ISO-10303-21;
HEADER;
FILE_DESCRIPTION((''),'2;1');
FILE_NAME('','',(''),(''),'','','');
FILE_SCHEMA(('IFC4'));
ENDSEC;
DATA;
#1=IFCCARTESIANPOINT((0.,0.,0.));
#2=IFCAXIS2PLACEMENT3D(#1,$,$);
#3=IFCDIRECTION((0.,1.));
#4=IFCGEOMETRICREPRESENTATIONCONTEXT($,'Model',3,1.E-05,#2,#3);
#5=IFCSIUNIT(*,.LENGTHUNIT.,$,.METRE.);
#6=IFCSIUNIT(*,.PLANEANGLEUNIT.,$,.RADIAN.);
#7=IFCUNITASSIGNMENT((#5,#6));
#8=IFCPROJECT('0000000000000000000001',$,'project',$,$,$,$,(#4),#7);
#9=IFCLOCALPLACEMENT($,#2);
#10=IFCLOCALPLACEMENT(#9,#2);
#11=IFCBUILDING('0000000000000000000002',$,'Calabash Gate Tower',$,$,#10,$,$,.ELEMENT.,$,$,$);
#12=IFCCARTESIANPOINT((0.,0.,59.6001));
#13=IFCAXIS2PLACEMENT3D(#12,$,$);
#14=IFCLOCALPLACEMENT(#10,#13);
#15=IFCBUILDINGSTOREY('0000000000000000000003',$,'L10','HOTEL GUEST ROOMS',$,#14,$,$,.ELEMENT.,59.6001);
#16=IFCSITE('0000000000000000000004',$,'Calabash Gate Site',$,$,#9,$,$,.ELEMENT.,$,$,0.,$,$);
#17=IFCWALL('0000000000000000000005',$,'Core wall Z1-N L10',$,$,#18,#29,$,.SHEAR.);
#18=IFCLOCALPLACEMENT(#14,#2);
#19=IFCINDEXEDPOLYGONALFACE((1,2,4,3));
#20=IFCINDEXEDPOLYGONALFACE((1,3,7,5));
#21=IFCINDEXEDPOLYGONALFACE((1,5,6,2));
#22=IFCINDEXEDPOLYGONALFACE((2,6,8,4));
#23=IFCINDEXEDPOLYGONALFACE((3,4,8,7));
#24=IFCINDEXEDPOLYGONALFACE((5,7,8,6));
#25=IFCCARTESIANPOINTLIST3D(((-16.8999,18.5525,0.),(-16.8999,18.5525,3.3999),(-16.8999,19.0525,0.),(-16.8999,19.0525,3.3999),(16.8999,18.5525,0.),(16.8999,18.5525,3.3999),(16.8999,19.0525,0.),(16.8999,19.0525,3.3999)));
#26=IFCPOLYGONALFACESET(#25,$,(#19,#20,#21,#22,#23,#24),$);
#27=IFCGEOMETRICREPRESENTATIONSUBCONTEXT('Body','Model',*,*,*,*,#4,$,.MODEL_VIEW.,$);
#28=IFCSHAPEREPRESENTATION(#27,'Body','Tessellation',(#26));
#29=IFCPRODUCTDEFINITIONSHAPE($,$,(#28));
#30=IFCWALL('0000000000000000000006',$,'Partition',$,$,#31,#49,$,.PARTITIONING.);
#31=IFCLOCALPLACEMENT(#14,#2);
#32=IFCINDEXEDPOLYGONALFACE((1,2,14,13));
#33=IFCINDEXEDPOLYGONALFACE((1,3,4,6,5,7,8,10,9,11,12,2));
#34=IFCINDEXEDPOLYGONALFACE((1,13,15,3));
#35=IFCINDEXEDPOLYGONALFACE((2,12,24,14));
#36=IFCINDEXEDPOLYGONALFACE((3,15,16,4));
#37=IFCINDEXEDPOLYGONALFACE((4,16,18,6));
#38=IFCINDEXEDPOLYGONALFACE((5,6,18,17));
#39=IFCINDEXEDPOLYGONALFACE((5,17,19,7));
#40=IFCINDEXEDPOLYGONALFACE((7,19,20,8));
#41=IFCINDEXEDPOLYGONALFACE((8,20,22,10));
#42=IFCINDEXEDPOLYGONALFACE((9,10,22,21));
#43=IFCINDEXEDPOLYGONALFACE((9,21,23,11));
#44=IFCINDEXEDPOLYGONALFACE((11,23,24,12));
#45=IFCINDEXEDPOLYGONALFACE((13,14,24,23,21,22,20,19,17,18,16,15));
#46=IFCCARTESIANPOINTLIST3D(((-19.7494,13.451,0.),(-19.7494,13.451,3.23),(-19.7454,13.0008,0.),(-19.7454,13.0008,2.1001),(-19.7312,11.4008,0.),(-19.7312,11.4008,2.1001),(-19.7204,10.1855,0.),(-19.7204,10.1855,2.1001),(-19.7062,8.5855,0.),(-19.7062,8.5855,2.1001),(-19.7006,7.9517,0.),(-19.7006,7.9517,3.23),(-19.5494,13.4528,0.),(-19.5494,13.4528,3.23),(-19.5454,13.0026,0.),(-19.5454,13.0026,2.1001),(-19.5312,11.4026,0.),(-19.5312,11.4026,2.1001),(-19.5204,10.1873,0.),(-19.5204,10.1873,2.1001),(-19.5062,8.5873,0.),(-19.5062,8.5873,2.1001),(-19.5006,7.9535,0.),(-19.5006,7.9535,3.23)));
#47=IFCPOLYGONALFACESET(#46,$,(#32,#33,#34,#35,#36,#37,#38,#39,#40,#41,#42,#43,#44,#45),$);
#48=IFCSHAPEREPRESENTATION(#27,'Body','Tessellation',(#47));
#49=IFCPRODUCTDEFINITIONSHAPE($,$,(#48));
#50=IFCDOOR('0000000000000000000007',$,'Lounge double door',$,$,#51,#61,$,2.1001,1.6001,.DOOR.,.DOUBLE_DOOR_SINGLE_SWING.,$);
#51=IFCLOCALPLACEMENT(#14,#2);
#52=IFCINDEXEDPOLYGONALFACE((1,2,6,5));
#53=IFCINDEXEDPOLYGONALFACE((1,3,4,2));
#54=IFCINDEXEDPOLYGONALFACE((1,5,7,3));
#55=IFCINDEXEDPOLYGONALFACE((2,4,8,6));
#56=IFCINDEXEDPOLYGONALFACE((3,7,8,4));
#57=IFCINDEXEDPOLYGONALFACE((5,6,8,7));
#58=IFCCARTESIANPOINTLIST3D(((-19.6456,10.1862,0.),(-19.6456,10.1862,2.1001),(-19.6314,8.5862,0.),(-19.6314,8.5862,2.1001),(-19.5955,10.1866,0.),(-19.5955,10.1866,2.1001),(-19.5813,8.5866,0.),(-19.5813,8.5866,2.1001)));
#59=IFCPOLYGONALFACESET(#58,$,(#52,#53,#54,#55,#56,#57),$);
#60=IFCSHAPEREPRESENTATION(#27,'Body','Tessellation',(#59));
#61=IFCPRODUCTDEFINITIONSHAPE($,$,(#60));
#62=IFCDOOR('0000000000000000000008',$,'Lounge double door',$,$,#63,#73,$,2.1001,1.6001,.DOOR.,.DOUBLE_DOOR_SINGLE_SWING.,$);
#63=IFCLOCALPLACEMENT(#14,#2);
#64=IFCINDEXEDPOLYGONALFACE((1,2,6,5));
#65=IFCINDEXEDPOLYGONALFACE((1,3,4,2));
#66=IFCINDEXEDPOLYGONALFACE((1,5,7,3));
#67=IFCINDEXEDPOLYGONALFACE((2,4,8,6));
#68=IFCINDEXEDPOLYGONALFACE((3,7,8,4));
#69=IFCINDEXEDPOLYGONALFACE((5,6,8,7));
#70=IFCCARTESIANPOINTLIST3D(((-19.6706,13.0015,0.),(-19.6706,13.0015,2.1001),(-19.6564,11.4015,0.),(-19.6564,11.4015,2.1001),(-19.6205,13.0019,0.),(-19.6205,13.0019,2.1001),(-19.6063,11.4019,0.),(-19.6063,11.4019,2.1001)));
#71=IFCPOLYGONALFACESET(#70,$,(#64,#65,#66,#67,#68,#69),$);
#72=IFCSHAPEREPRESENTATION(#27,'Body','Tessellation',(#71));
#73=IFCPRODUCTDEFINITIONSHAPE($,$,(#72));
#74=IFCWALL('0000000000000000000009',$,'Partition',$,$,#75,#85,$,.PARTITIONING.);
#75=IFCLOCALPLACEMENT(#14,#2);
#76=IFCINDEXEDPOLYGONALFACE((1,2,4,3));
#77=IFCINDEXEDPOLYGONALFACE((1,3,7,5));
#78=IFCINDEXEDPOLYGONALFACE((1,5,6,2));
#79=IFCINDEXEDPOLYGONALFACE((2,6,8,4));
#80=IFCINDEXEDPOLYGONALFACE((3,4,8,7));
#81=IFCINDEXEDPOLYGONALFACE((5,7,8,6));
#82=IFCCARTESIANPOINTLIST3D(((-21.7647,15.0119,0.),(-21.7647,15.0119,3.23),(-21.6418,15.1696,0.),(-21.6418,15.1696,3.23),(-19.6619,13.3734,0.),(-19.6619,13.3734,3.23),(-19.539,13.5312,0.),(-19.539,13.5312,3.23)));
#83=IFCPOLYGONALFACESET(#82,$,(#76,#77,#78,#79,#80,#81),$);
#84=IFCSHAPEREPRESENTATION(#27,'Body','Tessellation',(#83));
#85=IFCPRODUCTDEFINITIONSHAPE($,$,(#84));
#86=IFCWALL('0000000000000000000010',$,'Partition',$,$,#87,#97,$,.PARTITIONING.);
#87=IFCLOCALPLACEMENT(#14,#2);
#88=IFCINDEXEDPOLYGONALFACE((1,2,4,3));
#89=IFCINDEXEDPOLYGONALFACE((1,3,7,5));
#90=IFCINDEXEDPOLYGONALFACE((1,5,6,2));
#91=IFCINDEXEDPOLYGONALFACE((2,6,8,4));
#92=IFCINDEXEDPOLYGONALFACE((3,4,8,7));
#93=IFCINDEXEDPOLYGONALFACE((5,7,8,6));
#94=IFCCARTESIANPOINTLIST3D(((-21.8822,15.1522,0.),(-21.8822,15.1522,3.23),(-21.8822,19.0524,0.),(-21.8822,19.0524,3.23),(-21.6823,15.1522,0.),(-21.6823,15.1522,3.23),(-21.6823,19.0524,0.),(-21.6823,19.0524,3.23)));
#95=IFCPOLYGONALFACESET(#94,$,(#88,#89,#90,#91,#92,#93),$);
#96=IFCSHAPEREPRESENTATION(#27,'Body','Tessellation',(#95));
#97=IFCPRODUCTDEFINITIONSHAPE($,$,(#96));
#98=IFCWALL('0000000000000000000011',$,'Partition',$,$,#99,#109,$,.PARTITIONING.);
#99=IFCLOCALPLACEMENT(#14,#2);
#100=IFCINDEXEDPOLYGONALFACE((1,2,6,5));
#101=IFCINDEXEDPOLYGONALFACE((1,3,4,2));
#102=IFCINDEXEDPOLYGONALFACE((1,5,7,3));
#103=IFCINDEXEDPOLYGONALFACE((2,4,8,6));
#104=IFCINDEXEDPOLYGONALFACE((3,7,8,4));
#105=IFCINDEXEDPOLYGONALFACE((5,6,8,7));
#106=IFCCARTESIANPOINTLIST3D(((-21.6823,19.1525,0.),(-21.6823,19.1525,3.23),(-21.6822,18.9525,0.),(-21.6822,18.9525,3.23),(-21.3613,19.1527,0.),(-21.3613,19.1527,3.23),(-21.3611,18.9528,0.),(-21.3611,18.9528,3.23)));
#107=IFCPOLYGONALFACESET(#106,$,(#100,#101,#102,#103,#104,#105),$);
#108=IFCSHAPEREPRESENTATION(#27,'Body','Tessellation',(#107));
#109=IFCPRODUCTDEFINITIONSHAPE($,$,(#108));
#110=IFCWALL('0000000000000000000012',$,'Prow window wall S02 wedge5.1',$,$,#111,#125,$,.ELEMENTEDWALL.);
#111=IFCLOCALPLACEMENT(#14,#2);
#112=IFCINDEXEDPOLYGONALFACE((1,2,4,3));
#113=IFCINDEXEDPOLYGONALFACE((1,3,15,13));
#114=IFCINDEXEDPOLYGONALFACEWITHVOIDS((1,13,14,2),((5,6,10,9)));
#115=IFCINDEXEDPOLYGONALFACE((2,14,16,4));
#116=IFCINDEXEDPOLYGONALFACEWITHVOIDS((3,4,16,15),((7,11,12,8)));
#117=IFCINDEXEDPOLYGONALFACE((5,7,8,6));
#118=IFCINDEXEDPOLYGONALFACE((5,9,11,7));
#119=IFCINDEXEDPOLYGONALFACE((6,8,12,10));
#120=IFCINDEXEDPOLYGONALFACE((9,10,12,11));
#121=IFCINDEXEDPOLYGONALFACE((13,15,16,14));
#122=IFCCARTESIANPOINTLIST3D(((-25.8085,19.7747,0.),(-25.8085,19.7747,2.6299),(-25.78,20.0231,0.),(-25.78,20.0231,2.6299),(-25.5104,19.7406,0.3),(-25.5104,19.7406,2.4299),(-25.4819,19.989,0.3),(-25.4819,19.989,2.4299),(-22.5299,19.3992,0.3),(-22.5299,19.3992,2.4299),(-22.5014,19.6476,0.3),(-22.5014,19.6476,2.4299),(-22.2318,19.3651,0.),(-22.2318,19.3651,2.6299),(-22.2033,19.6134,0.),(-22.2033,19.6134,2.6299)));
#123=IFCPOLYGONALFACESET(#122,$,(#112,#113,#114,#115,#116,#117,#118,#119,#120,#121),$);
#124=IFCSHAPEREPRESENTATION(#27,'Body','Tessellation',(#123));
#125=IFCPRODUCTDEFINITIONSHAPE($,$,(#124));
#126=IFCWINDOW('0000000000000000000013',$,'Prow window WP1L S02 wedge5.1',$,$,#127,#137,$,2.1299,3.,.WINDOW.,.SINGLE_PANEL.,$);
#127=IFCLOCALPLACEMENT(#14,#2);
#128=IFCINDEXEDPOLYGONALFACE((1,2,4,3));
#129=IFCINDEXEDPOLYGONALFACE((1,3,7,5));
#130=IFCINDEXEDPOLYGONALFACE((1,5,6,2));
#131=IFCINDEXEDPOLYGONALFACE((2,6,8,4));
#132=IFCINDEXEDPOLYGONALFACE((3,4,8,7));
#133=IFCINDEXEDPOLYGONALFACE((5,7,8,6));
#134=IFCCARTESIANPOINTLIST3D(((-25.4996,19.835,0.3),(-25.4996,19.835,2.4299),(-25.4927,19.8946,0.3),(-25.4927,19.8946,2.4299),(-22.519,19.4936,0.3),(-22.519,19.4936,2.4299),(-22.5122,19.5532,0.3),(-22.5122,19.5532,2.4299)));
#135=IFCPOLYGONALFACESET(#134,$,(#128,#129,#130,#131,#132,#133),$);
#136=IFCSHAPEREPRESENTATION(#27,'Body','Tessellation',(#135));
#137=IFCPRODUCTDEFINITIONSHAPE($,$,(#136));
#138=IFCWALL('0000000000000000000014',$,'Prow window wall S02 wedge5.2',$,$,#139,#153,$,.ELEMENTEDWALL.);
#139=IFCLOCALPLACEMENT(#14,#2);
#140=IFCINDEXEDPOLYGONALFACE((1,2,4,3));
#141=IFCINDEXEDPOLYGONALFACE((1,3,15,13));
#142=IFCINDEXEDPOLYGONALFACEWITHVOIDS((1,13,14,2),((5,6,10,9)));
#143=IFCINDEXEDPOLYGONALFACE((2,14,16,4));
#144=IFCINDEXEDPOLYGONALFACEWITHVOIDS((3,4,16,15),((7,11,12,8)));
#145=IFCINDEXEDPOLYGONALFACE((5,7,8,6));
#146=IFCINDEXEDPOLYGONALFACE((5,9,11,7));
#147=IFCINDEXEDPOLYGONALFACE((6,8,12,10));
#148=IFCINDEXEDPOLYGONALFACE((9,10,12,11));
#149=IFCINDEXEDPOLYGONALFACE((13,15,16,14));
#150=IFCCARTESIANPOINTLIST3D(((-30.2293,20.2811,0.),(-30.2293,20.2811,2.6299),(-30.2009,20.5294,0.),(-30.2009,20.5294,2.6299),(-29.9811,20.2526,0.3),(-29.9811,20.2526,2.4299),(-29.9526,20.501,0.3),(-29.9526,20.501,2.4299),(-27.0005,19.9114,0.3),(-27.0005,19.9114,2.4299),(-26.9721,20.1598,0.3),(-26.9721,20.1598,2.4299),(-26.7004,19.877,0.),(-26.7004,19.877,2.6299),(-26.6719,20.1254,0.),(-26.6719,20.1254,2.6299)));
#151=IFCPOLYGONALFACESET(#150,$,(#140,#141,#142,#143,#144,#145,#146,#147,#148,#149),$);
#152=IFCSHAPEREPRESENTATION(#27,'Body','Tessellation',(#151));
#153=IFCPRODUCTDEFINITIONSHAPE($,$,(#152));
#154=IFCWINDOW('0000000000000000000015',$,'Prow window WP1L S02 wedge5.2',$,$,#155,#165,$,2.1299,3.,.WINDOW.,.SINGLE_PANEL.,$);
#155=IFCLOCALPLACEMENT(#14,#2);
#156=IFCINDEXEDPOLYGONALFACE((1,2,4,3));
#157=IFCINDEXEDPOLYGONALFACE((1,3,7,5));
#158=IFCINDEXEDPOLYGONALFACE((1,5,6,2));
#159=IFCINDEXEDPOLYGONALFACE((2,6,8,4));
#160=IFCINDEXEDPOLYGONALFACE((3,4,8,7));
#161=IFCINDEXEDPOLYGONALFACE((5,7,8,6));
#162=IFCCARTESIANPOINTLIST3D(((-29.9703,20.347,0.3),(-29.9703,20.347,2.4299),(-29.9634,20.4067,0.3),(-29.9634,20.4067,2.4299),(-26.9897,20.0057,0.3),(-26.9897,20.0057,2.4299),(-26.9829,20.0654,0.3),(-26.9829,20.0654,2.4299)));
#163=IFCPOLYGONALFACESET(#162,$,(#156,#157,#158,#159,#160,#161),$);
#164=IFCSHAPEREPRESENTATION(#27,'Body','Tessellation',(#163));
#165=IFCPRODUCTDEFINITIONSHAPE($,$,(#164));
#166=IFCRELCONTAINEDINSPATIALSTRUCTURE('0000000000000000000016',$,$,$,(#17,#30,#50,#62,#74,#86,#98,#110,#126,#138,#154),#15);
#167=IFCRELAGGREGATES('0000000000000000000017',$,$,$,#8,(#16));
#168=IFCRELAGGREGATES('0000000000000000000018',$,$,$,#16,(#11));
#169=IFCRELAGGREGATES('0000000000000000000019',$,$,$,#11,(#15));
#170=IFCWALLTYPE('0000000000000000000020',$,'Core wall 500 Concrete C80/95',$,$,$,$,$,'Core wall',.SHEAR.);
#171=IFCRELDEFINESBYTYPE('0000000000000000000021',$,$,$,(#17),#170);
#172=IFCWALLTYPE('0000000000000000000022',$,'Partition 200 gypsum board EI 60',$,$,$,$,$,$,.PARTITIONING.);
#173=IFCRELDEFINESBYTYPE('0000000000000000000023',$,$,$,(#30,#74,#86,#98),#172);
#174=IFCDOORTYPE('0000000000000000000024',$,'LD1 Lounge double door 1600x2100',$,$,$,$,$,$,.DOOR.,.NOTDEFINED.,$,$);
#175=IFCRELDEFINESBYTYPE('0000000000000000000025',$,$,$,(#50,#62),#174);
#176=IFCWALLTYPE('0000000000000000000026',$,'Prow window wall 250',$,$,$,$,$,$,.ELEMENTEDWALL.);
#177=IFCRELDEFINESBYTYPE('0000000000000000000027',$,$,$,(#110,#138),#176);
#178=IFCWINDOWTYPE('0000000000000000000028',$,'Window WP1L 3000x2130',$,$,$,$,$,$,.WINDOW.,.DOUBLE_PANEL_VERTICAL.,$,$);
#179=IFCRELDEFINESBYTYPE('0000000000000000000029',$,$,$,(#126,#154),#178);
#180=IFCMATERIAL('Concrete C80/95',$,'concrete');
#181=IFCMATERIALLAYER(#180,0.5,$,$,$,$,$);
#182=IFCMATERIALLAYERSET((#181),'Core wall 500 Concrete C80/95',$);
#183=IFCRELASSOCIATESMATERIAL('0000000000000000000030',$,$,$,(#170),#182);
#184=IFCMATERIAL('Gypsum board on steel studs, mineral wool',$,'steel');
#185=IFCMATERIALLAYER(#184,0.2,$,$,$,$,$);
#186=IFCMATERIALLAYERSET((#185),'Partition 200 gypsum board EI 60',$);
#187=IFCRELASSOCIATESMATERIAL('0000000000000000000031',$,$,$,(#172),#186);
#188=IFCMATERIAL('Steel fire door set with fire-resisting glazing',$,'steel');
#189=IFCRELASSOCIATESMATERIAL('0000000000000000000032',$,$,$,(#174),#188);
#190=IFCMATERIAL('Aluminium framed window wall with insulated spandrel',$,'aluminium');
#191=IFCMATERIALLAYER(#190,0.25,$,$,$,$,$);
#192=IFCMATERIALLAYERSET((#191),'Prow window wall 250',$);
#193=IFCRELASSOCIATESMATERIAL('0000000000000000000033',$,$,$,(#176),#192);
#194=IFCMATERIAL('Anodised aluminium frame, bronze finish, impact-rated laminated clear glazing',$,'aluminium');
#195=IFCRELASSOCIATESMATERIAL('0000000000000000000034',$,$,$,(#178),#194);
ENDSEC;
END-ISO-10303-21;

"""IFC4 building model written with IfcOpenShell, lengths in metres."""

from ifc_helpers import new_model, si_unit, direction, frame, frame_2d, origin, place, context, subcontext, project, spatial, rectangle, extrude, material, layer, layer_set, type_object, element, fill, save


model = new_model("IFC4")

# Units and contexts
model_context = context("Model", 3, precision=1e-05, world=origin(), true_north=direction((0.0, 1.0)))
body_context = subcontext(model_context, "Body", "Model", "MODEL_VIEW")
ifc_project = project(units=[si_unit("LENGTHUNIT", "METRE"), si_unit("PLANEANGLEUNIT", "RADIAN")], contexts=[model_context])

# Site, building, storey
site_placement = place(None, origin())
site = spatial("IfcSite", under=ifc_project, at=site_placement, Name="Calabash Gate Site", CompositionType="ELEMENT", RefElevation=0.0)
building_placement = place(site_placement, origin())
building = spatial("IfcBuilding", under=site, at=building_placement, Name="Calabash Gate Tower", CompositionType="ELEMENT")
storey_placement = place(building_placement, frame((0.0, 0.0, 59.6001)))
storey = spatial("IfcBuildingStorey", under=building, at=storey_placement, Name="L10", Description="HOTEL GUEST ROOMS", CompositionType="ELEMENT", Elevation=59.6001)

# Wall
ifc_material_1 = material(Name="Concrete C80/95", Category="concrete")
ifc_layer_1 = layer(ifc_material_1, 0.5)
ifc_layer_set_1 = layer_set([ifc_layer_1], Name="Core wall 500 Concrete C80/95")
wall_type_1 = type_object("IfcWallType", Name="Core wall 500 Concrete C80/95", ElementType="Core wall", PredefinedType="SHEAR", material=ifc_layer_set_1)
wall_1_placement = place(storey_placement, frame((-16.8999, 18.8025, 0.0), z_axis=(0.0, 0.0, 1.0), x_axis=(1.0, 0.0, 0.0)))
element("IfcWall", 1, at=wall_1_placement, inside=storey, type_object=wall_type_1, Name="Core wall Z1-N L10", PredefinedType="SHEAR", context=body_context, shape_type="SweptSolid", body=[
    extrude(rectangle(XDim=33.7998, YDim=0.5, at=frame_2d((16.8999, 0.0))), origin(), (0.0, 0.0, 1.0), 3.3999),
])

# Wall, openings, doors
ifc_material_2 = material(Name="Gypsum board on steel studs, mineral wool", Category="steel")
ifc_layer_2 = layer(ifc_material_2, 0.2)
ifc_layer_set_2 = layer_set([ifc_layer_2], Name="Partition 200 gypsum board EI 60")
wall_type_2 = type_object("IfcWallType", Name="Partition 200 gypsum board EI 60", PredefinedType="PARTITIONING", material=ifc_layer_set_2)
wall_2_placement = place(storey_placement, frame((-19.6494, 13.4519, 0.0), z_axis=(0.0, 0.0, 1.0), x_axis=(0.008879, -0.999961, 0.0)))
wall_2 = element("IfcWall", 2, at=wall_2_placement, inside=storey, type_object=wall_type_2, Name="Partition", PredefinedType="PARTITIONING", context=body_context, shape_type="SweptSolid", body=[
    extrude(rectangle(XDim=5.4995, YDim=0.2, at=frame_2d((2.7498, 0.0))), origin(), (0.0, 0.0, 1.0), 3.23),
])
opening_1_placement = place(wall_2_placement, frame((3.2656, 0.0, 0.0)))
opening_1 = element("IfcOpeningElement", 3, at=opening_1_placement, cuts=wall_2, PredefinedType="OPENING", context=body_context, shape_type="SweptSolid", body=[
    extrude(rectangle(XDim=1.6001, YDim=2.1001, at=frame_2d((0.8, 1.05))), frame((0.0, 0.1099, 0.0), z_axis=(0.0, -1.0, 0.0), x_axis=(1.0, 0.0, 0.0)), (0.0, 0.0, 1.0), 0.22),
])
opening_2_placement = place(wall_2_placement, frame((0.4502, 0.0, 0.0)))
opening_2 = element("IfcOpeningElement", 4, at=opening_2_placement, cuts=wall_2, PredefinedType="OPENING", context=body_context, shape_type="SweptSolid", body=[
    extrude(rectangle(XDim=1.6001, YDim=2.1001, at=frame_2d((0.8, 1.05))), frame((0.0, 0.1099, 0.0), z_axis=(0.0, -1.0, 0.0), x_axis=(1.0, 0.0, 0.0)), (0.0, 0.0, 1.0), 0.22),
])
ifc_material_3 = material(Name="Steel fire door set with fire-resisting glazing", Category="steel")
door_type = type_object("IfcDoorType", Name="LD1 Lounge double door 1600x2100", OperationType="NOTDEFINED", PredefinedType="DOOR", material=ifc_material_3)
door_1_placement = place(opening_1_placement, origin())
door_1 = element("IfcDoor", 5, at=door_1_placement, inside=storey, type_object=door_type, Name="Lounge double door", OperationType="DOUBLE_DOOR_SINGLE_SWING", OverallHeight=2.1001, OverallWidth=1.6001, PredefinedType="DOOR", context=body_context, shape_type="SweptSolid", body=[
    extrude(rectangle(XDim=1.6001, YDim=2.1001, at=frame_2d((0.8, 1.05))), frame((0.0, 0.0249, 0.0), z_axis=(0.0, -1.0, 0.0), x_axis=(1.0, 0.0, 0.0)), (0.0, 0.0, 1.0), 0.05),
])
fill(opening_1, door_1)
door_2_placement = place(opening_2_placement, origin())
door_2 = element("IfcDoor", 6, at=door_2_placement, inside=storey, type_object=door_type, Name="Lounge double door", OperationType="DOUBLE_DOOR_SINGLE_SWING", OverallHeight=2.1001, OverallWidth=1.6001, PredefinedType="DOOR", context=body_context, shape_type="SweptSolid", body=[
    extrude(rectangle(XDim=1.6001, YDim=2.1001, at=frame_2d((0.8, 1.05))), frame((0.0, 0.0249, 0.0), z_axis=(0.0, -1.0, 0.0), x_axis=(1.0, 0.0, 0.0)), (0.0, 0.0, 1.0), 0.05),
])
fill(opening_2, door_2)

# Walls
wall_3_placement = place(storey_placement, frame((-21.7034, 15.0908, 0.0), z_axis=(0.0, 0.0, 1.0), x_axis=(0.788819, -0.614625, 0.0)))
element("IfcWall", 7, at=wall_3_placement, inside=storey, type_object=wall_type_2, Name="Partition", PredefinedType="PARTITIONING", context=body_context, shape_type="SweptSolid", body=[
    extrude(rectangle(XDim=2.6658, YDim=0.2, at=frame_2d((1.333, 0.0))), origin(), (0.0, 0.0, 1.0), 3.23),
])
wall_4_placement = place(storey_placement, frame((-21.7822, 19.0525, 0.0), z_axis=(0.0, 0.0, 1.0), x_axis=(0.0, -1.0, 0.0)))
element("IfcWall", 8, at=wall_4_placement, inside=storey, type_object=wall_type_2, Name="Partition", PredefinedType="PARTITIONING", context=body_context, shape_type="SweptSolid", body=[
    extrude(rectangle(XDim=3.9001, YDim=0.2, at=frame_2d((1.9502, 0.0))), origin(), (0.0, 0.0, 1.0), 3.23),
])
wall_5_placement = place(storey_placement, frame((-21.6824, 19.0525, 0.0), z_axis=(0.0, 0.0, 1.0), x_axis=(1.0, 0.00076, 0.0)))
element("IfcWall", 9, at=wall_5_placement, inside=storey, type_object=wall_type_2, Name="Partition", PredefinedType="PARTITIONING", context=body_context, shape_type="SweptSolid", body=[
    extrude(rectangle(XDim=0.321, YDim=0.2, at=frame_2d((0.1606, 0.0))), origin(), (0.0, 0.0, 1.0), 3.23),
])

# Walls, openings, windows
ifc_material_4 = material(Name="Aluminium framed window wall with insulated spandrel", Category="aluminium")
ifc_layer_3 = layer(ifc_material_4, 0.25)
ifc_layer_set_3 = layer_set([ifc_layer_3], Name="Prow window wall 250")
wall_type_3 = type_object("IfcWallType", Name="Prow window wall 250", PredefinedType="ELEMENTEDWALL", material=ifc_layer_set_3)
wall_6_placement = place(storey_placement, frame((-22.2175, 19.4893, 0.0), z_axis=(0.0, 0.0, 1.0), x_axis=(-0.993504, 0.113795, 0.0)))
wall_6 = element("IfcWall", 10, at=wall_6_placement, inside=storey, type_object=wall_type_3, Name="Prow window wall S02 wedge5.1", PredefinedType="ELEMENTEDWALL", context=body_context, shape_type="SweptSolid", body=[
    extrude(rectangle(XDim=3.6001, YDim=0.25, at=frame_2d((1.8, 0.0))), origin(), (0.0, 0.0, 1.0), 2.6299),
])
opening_3_placement = place(wall_6_placement, frame((0.3, 0.0, 0.3)))
opening_3 = element("IfcOpeningElement", 11, at=opening_3_placement, cuts=wall_6, PredefinedType="OPENING", context=body_context, shape_type="SweptSolid", body=[
    extrude(rectangle(XDim=3.0, YDim=2.1299, at=frame_2d((1.5, 1.0649))), frame((0.0, 0.135, 0.0), z_axis=(0.0, -1.0, 0.0), x_axis=(1.0, 0.0, 0.0)), (0.0, 0.0, 1.0), 0.27),
])
ifc_material_5 = material(Name="Anodised aluminium frame, bronze finish, impact-rated laminated clear glazing", Category="aluminium")
window_type = type_object("IfcWindowType", Name="Window WP1L 3000x2130", PartitioningType="DOUBLE_PANEL_VERTICAL", PredefinedType="WINDOW", material=ifc_material_5)
window_1_placement = place(opening_3_placement, origin())
window_1 = element("IfcWindow", 12, at=window_1_placement, inside=storey, type_object=window_type, Name="Prow window WP1L S02 wedge5.1", OverallHeight=2.1299, OverallWidth=3.0, PartitioningType="SINGLE_PANEL", PredefinedType="WINDOW", context=body_context, shape_type="SweptSolid", body=[
    extrude(rectangle(XDim=3.0, YDim=2.1299, at=frame_2d((1.5, 1.0649))), frame((0.0, 0.03, 0.0), z_axis=(0.0, -1.0, 0.0), x_axis=(1.0, 0.0, 0.0)), (0.0, 0.0, 1.0), 0.0601),
])
fill(opening_3, window_1)
wall_7_placement = place(storey_placement, frame((-26.6863, 20.0012, 0.0), z_axis=(0.0, 0.0, 1.0), x_axis=(-0.993509, 0.11375, 0.0)))
wall_7 = element("IfcWall", 13, at=wall_7_placement, inside=storey, type_object=wall_type_3, Name="Prow window wall S02 wedge5.2", PredefinedType="ELEMENTEDWALL", context=body_context, shape_type="SweptSolid", body=[
    extrude(rectangle(XDim=3.552, YDim=0.25, at=frame_2d((1.7759, 0.0))), origin(), (0.0, 0.0, 1.0), 2.6299),
])
opening_4_placement = place(wall_7_placement, frame((0.302, 0.0, 0.3)))
opening_4 = element("IfcOpeningElement", 14, at=opening_4_placement, cuts=wall_7, PredefinedType="OPENING", context=body_context, shape_type="SweptSolid", body=[
    extrude(rectangle(XDim=3.0, YDim=2.1299, at=frame_2d((1.5, 1.0649))), frame((0.0, 0.135, 0.0), z_axis=(0.0, -1.0, 0.0), x_axis=(1.0, 0.0, 0.0)), (0.0, 0.0, 1.0), 0.27),
])
window_2_placement = place(opening_4_placement, origin())
window_2 = element("IfcWindow", 15, at=window_2_placement, inside=storey, type_object=window_type, Name="Prow window WP1L S02 wedge5.2", OverallHeight=2.1299, OverallWidth=3.0, PartitioningType="SINGLE_PANEL", PredefinedType="WINDOW", context=body_context, shape_type="SweptSolid", body=[
    extrude(rectangle(XDim=3.0, YDim=2.1299, at=frame_2d((1.5, 1.0649))), frame((0.0, 0.03, 0.0), z_axis=(0.0, -1.0, 0.0), x_axis=(1.0, 0.0, 0.0)), (0.0, 0.0, 1.0), 0.0601),
])
fill(opening_4, window_2)

save(model, "model.ifc")
